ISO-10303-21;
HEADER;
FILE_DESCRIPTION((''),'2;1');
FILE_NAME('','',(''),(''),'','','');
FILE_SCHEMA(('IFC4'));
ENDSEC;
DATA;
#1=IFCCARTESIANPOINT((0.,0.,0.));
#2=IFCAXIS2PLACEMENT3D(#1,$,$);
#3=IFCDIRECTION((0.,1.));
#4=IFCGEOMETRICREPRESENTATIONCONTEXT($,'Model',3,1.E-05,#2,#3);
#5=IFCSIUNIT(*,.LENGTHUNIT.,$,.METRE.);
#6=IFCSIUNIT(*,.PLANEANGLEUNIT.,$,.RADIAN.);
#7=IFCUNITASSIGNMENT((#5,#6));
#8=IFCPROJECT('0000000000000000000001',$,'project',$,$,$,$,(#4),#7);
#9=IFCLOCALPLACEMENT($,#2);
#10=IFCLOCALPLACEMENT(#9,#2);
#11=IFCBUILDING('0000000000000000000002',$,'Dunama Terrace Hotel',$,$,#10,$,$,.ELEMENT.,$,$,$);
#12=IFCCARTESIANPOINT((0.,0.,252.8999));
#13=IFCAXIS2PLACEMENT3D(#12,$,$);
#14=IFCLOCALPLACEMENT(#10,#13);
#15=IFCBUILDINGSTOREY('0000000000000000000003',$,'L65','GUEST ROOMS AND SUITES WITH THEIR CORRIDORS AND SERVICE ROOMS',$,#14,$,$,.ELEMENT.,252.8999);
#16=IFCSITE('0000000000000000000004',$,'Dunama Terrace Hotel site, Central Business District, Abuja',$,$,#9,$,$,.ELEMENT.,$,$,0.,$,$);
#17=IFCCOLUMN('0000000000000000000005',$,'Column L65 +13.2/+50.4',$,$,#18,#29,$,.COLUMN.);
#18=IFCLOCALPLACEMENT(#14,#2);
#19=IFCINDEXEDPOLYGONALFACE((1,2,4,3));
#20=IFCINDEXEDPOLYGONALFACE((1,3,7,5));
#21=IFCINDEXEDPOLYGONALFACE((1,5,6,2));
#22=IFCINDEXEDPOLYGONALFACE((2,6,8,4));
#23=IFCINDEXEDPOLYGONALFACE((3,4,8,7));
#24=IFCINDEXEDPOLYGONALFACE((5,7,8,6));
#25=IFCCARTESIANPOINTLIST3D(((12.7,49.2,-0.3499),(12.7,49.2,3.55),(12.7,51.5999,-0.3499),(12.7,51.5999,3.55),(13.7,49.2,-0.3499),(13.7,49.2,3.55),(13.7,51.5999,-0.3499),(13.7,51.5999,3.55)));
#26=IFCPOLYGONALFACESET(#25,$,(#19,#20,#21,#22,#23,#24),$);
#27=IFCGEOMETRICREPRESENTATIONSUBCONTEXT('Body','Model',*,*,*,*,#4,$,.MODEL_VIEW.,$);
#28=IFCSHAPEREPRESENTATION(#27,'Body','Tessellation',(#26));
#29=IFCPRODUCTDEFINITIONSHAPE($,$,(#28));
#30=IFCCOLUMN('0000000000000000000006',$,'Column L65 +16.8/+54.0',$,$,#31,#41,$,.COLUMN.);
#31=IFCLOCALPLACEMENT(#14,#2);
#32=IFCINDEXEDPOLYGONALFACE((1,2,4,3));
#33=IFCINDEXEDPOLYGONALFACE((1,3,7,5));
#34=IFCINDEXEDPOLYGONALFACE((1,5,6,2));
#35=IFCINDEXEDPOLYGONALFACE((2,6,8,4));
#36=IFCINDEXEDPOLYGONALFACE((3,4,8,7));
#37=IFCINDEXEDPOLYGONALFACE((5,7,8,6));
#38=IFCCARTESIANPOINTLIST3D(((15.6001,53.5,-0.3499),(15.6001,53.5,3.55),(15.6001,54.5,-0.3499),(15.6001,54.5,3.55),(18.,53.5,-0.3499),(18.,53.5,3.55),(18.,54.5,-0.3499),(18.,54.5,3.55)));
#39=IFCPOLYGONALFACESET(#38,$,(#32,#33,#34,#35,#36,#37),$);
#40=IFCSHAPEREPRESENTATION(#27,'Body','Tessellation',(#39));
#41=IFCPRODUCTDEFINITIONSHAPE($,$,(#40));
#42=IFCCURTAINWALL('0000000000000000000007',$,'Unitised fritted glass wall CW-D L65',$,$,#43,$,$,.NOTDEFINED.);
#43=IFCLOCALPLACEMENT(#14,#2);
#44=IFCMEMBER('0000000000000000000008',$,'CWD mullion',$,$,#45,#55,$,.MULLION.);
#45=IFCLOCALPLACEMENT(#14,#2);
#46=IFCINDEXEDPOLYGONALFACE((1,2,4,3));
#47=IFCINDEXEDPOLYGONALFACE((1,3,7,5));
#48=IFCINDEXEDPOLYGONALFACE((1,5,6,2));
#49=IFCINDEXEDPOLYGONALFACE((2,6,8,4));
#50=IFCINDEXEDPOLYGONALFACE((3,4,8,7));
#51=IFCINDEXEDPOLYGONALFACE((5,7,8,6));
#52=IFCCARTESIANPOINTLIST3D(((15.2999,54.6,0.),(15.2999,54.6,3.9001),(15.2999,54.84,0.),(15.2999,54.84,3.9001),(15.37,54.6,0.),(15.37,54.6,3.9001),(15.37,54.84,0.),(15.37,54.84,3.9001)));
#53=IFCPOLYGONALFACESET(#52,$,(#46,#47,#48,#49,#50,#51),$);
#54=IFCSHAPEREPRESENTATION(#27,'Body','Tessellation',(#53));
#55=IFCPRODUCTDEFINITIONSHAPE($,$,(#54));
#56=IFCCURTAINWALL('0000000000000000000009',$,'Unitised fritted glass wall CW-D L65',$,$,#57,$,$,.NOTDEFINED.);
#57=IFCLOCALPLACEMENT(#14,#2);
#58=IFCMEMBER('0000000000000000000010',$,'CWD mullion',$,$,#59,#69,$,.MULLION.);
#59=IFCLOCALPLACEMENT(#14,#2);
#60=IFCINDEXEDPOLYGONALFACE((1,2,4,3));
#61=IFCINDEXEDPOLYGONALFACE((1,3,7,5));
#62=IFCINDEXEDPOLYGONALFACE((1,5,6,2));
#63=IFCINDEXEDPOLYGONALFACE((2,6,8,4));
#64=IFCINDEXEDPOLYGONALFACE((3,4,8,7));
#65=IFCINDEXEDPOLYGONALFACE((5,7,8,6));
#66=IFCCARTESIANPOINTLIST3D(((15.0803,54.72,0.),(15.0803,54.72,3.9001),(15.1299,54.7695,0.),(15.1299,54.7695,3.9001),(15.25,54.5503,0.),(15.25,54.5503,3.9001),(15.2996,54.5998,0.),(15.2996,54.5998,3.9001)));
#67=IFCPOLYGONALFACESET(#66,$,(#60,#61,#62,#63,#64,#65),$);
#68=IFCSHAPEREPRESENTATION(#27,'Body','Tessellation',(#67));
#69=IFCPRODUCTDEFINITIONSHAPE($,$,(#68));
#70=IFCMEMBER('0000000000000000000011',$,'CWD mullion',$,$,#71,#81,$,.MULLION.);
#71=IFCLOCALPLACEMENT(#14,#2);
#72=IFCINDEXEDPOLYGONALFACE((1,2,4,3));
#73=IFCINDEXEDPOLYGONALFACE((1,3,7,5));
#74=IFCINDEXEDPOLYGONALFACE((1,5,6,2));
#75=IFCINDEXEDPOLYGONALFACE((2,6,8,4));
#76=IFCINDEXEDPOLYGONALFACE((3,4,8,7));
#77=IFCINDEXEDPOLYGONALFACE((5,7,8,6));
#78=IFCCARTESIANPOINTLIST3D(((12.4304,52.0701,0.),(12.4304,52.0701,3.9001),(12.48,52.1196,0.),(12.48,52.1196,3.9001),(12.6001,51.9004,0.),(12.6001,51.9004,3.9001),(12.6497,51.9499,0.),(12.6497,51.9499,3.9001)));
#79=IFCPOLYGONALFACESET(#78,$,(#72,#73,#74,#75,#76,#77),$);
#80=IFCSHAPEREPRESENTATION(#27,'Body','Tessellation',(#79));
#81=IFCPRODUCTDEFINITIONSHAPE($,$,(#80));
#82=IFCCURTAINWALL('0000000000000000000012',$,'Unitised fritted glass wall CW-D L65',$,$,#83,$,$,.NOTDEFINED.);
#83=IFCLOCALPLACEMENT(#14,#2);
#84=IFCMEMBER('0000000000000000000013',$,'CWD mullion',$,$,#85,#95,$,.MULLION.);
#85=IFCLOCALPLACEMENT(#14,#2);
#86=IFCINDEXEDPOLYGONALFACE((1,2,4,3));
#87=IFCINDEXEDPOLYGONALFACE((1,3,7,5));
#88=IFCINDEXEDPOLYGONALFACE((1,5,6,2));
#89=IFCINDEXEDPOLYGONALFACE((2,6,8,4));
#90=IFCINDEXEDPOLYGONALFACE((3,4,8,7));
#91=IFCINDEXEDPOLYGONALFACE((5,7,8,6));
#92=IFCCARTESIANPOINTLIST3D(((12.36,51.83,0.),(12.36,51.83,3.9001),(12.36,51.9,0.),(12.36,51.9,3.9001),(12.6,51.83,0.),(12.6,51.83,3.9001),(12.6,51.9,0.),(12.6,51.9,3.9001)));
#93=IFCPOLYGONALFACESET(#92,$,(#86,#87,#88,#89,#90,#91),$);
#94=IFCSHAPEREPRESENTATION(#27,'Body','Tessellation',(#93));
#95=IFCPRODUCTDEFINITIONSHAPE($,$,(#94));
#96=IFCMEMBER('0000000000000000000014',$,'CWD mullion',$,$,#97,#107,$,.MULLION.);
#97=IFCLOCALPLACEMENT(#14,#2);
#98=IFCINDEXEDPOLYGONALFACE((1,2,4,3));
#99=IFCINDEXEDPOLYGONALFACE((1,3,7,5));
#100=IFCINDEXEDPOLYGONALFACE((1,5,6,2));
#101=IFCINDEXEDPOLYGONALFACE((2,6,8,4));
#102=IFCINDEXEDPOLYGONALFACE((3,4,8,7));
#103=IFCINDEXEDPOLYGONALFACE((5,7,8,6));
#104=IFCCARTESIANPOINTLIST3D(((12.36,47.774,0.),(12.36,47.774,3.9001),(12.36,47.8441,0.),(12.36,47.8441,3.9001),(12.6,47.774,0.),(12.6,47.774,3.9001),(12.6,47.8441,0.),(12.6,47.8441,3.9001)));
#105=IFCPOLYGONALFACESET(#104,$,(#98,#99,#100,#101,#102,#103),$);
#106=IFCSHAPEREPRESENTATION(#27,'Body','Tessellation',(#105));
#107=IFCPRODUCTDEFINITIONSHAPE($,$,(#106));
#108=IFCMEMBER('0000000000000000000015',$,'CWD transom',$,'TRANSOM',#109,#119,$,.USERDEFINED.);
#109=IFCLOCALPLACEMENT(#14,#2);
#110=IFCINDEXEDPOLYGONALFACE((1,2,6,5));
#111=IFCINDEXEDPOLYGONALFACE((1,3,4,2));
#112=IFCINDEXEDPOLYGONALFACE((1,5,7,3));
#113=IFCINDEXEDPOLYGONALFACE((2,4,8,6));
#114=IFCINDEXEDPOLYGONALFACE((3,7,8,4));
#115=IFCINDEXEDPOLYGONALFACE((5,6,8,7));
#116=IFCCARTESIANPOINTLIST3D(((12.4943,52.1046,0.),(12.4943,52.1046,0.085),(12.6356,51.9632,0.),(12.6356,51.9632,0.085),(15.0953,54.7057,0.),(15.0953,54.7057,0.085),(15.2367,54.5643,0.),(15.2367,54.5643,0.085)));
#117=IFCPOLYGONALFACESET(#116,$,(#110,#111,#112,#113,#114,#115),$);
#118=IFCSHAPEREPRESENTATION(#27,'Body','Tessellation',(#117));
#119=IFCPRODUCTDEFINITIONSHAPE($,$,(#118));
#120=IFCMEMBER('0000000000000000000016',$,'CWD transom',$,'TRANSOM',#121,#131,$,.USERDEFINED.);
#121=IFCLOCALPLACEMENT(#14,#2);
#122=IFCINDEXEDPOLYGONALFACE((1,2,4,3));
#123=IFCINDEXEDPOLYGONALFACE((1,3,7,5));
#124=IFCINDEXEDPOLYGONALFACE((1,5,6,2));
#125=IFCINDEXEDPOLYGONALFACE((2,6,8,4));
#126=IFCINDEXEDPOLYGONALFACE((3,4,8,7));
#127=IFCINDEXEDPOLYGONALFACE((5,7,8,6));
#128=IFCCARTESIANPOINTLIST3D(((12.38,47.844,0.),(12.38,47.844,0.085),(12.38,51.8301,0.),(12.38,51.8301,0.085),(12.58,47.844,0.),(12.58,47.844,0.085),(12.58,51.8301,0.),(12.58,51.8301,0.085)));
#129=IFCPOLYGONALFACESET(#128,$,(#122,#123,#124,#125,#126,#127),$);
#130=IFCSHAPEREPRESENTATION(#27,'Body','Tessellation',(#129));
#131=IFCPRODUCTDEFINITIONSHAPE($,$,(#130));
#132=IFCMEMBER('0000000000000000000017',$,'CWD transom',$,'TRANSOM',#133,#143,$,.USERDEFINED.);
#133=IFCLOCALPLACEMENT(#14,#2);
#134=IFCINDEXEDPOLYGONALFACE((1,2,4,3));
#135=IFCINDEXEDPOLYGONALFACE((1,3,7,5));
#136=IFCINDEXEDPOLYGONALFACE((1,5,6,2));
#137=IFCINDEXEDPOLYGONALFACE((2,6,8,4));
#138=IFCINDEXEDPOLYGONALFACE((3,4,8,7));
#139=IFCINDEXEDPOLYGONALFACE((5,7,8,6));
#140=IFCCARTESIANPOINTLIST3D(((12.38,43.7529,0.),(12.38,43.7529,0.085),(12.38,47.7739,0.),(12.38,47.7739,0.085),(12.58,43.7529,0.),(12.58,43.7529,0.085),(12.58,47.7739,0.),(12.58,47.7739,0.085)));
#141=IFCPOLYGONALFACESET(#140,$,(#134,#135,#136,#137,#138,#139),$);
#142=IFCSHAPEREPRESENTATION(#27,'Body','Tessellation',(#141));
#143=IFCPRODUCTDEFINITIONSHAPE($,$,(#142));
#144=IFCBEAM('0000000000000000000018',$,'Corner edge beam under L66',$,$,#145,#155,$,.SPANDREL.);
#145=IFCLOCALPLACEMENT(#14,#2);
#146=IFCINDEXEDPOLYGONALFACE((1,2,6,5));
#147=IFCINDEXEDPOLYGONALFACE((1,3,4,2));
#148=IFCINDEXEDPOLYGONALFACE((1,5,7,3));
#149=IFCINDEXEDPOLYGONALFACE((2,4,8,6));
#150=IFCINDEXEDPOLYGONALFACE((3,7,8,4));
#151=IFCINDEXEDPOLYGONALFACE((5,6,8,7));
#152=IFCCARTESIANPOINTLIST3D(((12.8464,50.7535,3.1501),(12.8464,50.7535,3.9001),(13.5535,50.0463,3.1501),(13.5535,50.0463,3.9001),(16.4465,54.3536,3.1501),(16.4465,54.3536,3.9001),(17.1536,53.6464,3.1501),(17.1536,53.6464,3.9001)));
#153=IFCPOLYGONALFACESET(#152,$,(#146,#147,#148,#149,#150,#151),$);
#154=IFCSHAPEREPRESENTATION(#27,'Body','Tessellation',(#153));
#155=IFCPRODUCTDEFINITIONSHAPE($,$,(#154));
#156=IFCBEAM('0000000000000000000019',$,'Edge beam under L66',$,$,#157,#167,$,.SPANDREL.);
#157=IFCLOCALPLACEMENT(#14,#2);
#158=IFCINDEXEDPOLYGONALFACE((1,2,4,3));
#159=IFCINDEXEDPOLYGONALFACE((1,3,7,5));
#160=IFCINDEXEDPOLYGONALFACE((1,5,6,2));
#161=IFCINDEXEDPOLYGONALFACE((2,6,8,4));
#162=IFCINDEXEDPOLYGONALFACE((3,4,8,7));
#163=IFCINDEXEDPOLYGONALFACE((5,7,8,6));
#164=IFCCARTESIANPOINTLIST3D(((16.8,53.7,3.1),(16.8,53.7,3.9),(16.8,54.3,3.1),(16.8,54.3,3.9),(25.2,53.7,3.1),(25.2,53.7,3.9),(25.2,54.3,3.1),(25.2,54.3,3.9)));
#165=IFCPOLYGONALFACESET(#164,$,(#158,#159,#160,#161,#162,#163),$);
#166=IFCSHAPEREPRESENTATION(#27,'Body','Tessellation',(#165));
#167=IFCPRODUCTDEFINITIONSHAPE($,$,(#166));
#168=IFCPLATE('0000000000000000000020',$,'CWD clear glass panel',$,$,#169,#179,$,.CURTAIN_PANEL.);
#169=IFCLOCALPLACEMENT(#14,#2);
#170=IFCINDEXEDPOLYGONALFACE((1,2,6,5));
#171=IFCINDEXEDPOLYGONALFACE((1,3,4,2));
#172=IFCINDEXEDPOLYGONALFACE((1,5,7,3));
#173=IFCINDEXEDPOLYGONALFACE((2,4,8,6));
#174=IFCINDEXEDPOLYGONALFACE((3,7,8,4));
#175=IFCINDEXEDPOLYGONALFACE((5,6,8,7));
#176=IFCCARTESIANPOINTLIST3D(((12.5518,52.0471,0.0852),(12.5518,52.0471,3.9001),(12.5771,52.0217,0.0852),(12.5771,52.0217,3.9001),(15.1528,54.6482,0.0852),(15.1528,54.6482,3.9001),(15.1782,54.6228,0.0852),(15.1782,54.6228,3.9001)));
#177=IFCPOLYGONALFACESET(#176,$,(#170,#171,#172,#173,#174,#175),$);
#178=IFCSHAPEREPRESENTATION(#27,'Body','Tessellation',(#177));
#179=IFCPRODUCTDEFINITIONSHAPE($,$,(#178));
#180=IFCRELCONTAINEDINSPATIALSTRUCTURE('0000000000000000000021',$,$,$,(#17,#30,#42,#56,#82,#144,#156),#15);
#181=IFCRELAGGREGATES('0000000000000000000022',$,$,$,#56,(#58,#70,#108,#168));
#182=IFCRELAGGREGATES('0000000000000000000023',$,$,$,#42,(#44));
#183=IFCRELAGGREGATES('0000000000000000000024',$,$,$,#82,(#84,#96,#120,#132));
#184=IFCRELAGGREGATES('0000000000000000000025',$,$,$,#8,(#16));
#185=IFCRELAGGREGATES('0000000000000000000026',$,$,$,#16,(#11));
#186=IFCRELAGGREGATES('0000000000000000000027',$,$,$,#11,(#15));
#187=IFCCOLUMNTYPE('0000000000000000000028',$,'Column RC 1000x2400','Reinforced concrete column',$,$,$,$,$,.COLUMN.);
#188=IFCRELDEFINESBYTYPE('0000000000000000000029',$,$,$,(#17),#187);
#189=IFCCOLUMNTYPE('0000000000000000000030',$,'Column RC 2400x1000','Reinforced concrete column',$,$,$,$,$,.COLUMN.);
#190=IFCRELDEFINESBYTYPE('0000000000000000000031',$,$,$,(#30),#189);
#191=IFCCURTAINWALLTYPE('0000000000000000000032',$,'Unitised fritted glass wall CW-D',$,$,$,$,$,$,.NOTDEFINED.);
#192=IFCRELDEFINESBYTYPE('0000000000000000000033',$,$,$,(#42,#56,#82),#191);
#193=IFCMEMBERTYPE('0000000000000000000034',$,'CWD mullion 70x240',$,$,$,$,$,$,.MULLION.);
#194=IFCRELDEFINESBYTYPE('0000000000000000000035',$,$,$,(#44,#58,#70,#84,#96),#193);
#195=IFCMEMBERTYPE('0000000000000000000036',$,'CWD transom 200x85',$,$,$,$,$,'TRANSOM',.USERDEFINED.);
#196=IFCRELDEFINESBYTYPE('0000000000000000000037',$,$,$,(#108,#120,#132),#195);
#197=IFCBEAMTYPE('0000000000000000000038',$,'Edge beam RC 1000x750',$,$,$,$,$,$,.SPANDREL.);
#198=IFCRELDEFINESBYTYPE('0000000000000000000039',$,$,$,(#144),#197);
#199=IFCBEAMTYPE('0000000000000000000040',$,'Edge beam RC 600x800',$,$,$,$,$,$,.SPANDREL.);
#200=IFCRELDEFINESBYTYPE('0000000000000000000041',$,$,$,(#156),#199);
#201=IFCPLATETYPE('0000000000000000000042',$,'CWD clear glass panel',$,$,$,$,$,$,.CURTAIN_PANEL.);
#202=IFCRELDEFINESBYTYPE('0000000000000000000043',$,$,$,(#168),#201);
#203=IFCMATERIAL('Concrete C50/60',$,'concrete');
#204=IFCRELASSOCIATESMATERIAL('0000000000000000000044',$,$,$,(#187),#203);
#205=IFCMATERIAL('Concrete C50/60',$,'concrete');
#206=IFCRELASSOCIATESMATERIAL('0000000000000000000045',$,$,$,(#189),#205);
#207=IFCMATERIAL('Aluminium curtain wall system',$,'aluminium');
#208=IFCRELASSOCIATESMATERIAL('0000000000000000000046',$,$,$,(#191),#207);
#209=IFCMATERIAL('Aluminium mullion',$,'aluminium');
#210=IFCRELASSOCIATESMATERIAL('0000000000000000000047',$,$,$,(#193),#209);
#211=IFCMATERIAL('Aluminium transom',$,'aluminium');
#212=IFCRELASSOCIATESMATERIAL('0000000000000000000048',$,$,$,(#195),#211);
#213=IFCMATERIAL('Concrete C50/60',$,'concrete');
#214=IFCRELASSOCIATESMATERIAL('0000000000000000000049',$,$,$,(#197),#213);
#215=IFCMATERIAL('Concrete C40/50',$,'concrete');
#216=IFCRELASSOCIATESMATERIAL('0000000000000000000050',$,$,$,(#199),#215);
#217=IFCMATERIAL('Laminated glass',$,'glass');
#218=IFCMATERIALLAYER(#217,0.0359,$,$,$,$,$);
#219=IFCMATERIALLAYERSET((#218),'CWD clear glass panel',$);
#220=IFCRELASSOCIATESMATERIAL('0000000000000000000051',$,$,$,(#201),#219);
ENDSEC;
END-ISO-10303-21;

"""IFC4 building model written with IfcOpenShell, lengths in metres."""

from ifc_helpers import new_model, si_unit, direction, frame, origin, origin_2d, place, context, subcontext, project, spatial, rectangle, extrude, material, layer, layer_set, material_profile, profile_set, type_object, element, aggregate, save


model = new_model("IFC4")

# Units and contexts
model_context = context("Model", 3, precision=1e-05, world=origin(), true_north=direction((0.0, 1.0)))
body_context = subcontext(model_context, "Body", "Model", "MODEL_VIEW")
ifc_project = project(units=[si_unit("LENGTHUNIT", "METRE"), si_unit("PLANEANGLEUNIT", "RADIAN")], contexts=[model_context])

# Site, building, storey
site_placement = place(None, origin())
site = spatial("IfcSite", under=ifc_project, at=site_placement, Name="Dunama Terrace Hotel site, Central Business District, Abuja", CompositionType="ELEMENT", RefElevation=0.0)
building_placement = place(site_placement, origin())
building = spatial("IfcBuilding", under=site, at=building_placement, Name="Dunama Terrace Hotel", CompositionType="ELEMENT")
storey_placement = place(building_placement, frame((0.0, 0.0, 252.8999)))
storey = spatial("IfcBuildingStorey", under=building, at=storey_placement, Name="L65", Description="GUEST ROOMS AND SUITES WITH THEIR CORRIDORS AND SERVICE ROOMS", CompositionType="ELEMENT", Elevation=252.8999)

# Columns
ifc_material_1 = material(Name="Concrete C50/60", Category="concrete")
ifc_material_profile_1 = material_profile(ifc_material_1, rectangle(XDim=1.0, YDim=2.3999, at=origin_2d()), Name="RC 1000x2400")
ifc_profile_set_1 = profile_set([ifc_material_profile_1], Name="Concrete C50/60")
column_type_1 = type_object("IfcColumnType", Name="Column RC 1000x2400", Description="Reinforced concrete column", PredefinedType="COLUMN", material=ifc_profile_set_1)
column_1_placement = place(storey_placement, frame((13.2, 50.3999, -0.3499), z_axis=(0.0, 0.0, 1.0), x_axis=(1.0, 0.0, 0.0)))
element("IfcColumn", 1, at=column_1_placement, inside=storey, type_object=column_type_1, Name="Column L65 +13.2/+50.4", PredefinedType="COLUMN", context=body_context, shape_type="SweptSolid", body=[
    extrude(rectangle(XDim=1.0, YDim=2.3999, at=origin_2d()), origin(), (0.0, 0.0, 1.0), 3.8999),
])
ifc_material_2 = material(Name="Concrete C50/60", Category="concrete")
ifc_material_profile_2 = material_profile(ifc_material_2, rectangle(XDim=2.3999, YDim=1.0, at=origin_2d()), Name="RC 2400x1000")
ifc_profile_set_2 = profile_set([ifc_material_profile_2], Name="Concrete C50/60")
column_type_2 = type_object("IfcColumnType", Name="Column RC 2400x1000", Description="Reinforced concrete column", PredefinedType="COLUMN", material=ifc_profile_set_2)
column_2_placement = place(storey_placement, frame((16.8, 54.0, -0.3499), z_axis=(0.0, 0.0, 1.0), x_axis=(1.0, 0.0, 0.0)))
element("IfcColumn", 2, at=column_2_placement, inside=storey, type_object=column_type_2, Name="Column L65 +16.8/+54.0", PredefinedType="COLUMN", context=body_context, shape_type="SweptSolid", body=[
    extrude(rectangle(XDim=2.3999, YDim=1.0, at=origin_2d()), origin(), (0.0, 0.0, 1.0), 3.8999),
])

# Curtain wall, member
ifc_material_3 = material(Name="Aluminium curtain wall system", Category="aluminium")
curtain_wall_type = type_object("IfcCurtainWallType", Name="Unitised fritted glass wall CW-D", PredefinedType="NOTDEFINED", material=ifc_material_3)
curtain_wall_1_placement = place(storey_placement, origin())
curtain_wall_1 = element("IfcCurtainWall", 3, at=curtain_wall_1_placement, inside=storey, type_object=curtain_wall_type, Name="Unitised fritted glass wall CW-D L65", PredefinedType="NOTDEFINED")
ifc_material_4 = material(Name="Aluminium mullion", Category="aluminium")
ifc_material_profile_3 = material_profile(ifc_material_4, rectangle(XDim=0.0701, YDim=0.24, at=origin_2d()), Name="CWD MULLION 70X240")
ifc_profile_set_3 = profile_set([ifc_material_profile_3], Name="Aluminium mullion")
member_type_1 = type_object("IfcMemberType", Name="CWD mullion 70x240", PredefinedType="MULLION", material=ifc_profile_set_3)
member_1_placement = place(storey_placement, frame((15.335, 54.72, 0.0), z_axis=(0.0, 0.0, 1.0), x_axis=(-1.0, 0.0, 0.0)))
member_1 = element("IfcMember", 4, at=member_1_placement, type_object=member_type_1, Name="CWD mullion", PredefinedType="MULLION", context=body_context, shape_type="SweptSolid", body=[
    extrude(rectangle(XDim=0.0701, YDim=0.24, at=origin_2d()), origin(), (0.0, 0.0, 1.0), 3.9001),
])

# Curtain walls, members
curtain_wall_2_placement = place(storey_placement, origin())
curtain_wall_2 = element("IfcCurtainWall", 5, at=curtain_wall_2_placement, inside=storey, type_object=curtain_wall_type, Name="Unitised fritted glass wall CW-D L65", PredefinedType="NOTDEFINED")
member_2_placement = place(storey_placement, frame((15.1899, 54.6599, 0.0), z_axis=(0.0, 0.0, 1.0), x_axis=(-0.707107, -0.707107, 0.0)))
member_2 = element("IfcMember", 6, at=member_2_placement, type_object=member_type_1, Name="CWD mullion", PredefinedType="MULLION", context=body_context, shape_type="SweptSolid", body=[
    extrude(rectangle(XDim=0.0701, YDim=0.24, at=origin_2d()), origin(), (0.0, 0.0, 1.0), 3.9001),
])
member_3_placement = place(storey_placement, frame((12.54, 52.01, 0.0), z_axis=(0.0, 0.0, 1.0), x_axis=(-0.707107, -0.707107, 0.0)))
member_3 = element("IfcMember", 7, at=member_3_placement, type_object=member_type_1, Name="CWD mullion", PredefinedType="MULLION", context=body_context, shape_type="SweptSolid", body=[
    extrude(rectangle(XDim=0.0701, YDim=0.24, at=origin_2d()), origin(), (0.0, 0.0, 1.0), 3.9001),
])
curtain_wall_3_placement = place(storey_placement, origin())
curtain_wall_3 = element("IfcCurtainWall", 8, at=curtain_wall_3_placement, inside=storey, type_object=curtain_wall_type, Name="Unitised fritted glass wall CW-D L65", PredefinedType="NOTDEFINED")
member_4_placement = place(storey_placement, frame((12.48, 51.865, 0.0), z_axis=(0.0, 0.0, 1.0), x_axis=(0.0, -1.0, 0.0)))
member_4 = element("IfcMember", 9, at=member_4_placement, type_object=member_type_1, Name="CWD mullion", PredefinedType="MULLION", context=body_context, shape_type="SweptSolid", body=[
    extrude(rectangle(XDim=0.0701, YDim=0.24, at=origin_2d()), origin(), (0.0, 0.0, 1.0), 3.9001),
])
member_5_placement = place(storey_placement, frame((12.48, 47.8091, 0.0), z_axis=(0.0, 0.0, 1.0), x_axis=(0.0, -1.0, 0.0)))
member_5 = element("IfcMember", 10, at=member_5_placement, type_object=member_type_1, Name="CWD mullion", PredefinedType="MULLION", context=body_context, shape_type="SweptSolid", body=[
    extrude(rectangle(XDim=0.0701, YDim=0.24, at=origin_2d()), origin(), (0.0, 0.0, 1.0), 3.9001),
])

# Members
ifc_material_5 = material(Name="Aluminium transom", Category="aluminium")
ifc_material_profile_4 = material_profile(ifc_material_5, rectangle(XDim=0.2, YDim=0.085, at=origin_2d()), Name="CWD TRANSOM 200X85")
ifc_profile_set_4 = profile_set([ifc_material_profile_4], Name="Aluminium transom")
member_type_2 = type_object("IfcMemberType", Name="CWD transom 200x85", ElementType="TRANSOM", PredefinedType="USERDEFINED", material=ifc_profile_set_4)
member_6_placement = place(storey_placement, frame((15.166, 54.635, 0.0425), z_axis=(-0.707107, -0.707107, 0.0), x_axis=(0.707107, -0.707107, 0.0)))
member_6 = element("IfcMember", 11, at=member_6_placement, type_object=member_type_2, Name="CWD transom", ObjectType="TRANSOM", PredefinedType="USERDEFINED", context=body_context, shape_type="SweptSolid", body=[
    extrude(rectangle(XDim=0.2, YDim=0.085, at=origin_2d()), origin(), (0.0, 0.0, 1.0), 3.6785),
])
member_7_placement = place(storey_placement, frame((12.48, 51.8301, 0.0425), z_axis=(0.0, -1.0, 0.0), x_axis=(1.0, 0.0, 0.0)))
member_7 = element("IfcMember", 12, at=member_7_placement, type_object=member_type_2, Name="CWD transom", ObjectType="TRANSOM", PredefinedType="USERDEFINED", context=body_context, shape_type="SweptSolid", body=[
    extrude(rectangle(XDim=0.2, YDim=0.085, at=origin_2d()), origin(), (0.0, 0.0, 1.0), 3.9861),
])
member_8_placement = place(storey_placement, frame((12.48, 47.7739, 0.0425), z_axis=(0.0, -1.0, 0.0), x_axis=(1.0, 0.0, 0.0)))
member_8 = element("IfcMember", 13, at=member_8_placement, type_object=member_type_2, Name="CWD transom", ObjectType="TRANSOM", PredefinedType="USERDEFINED", context=body_context, shape_type="SweptSolid", body=[
    extrude(rectangle(XDim=0.2, YDim=0.085, at=origin_2d()), origin(), (0.0, 0.0, 1.0), 4.021),
])

# Beams
ifc_material_6 = material(Name="Concrete C50/60", Category="concrete")
ifc_material_profile_5 = material_profile(ifc_material_6, rectangle(XDim=1.0, YDim=0.75, at=origin_2d()), Name="RC 1000x750")
ifc_profile_set_5 = profile_set([ifc_material_profile_5], Name="Concrete C50/60")
beam_type_1 = type_object("IfcBeamType", Name="Edge beam RC 1000x750", PredefinedType="SPANDREL", material=ifc_profile_set_5)
beam_1_placement = place(storey_placement, frame((16.8, 54.0, 3.5251), z_axis=(-0.707107, -0.707107, 0.0), x_axis=(0.707107, -0.707107, 0.0)))
element("IfcBeam", 14, at=beam_1_placement, inside=storey, type_object=beam_type_1, Name="Corner edge beam under L66", PredefinedType="SPANDREL", context=body_context, shape_type="SweptSolid", body=[
    extrude(rectangle(XDim=1.0, YDim=0.75, at=origin_2d()), origin(), (0.0, 0.0, 1.0), 5.0913),
])
ifc_material_7 = material(Name="Concrete C40/50", Category="concrete")
ifc_material_profile_6 = material_profile(ifc_material_7, rectangle(XDim=0.6001, YDim=0.8, at=origin_2d()), Name="RC 600x800")
ifc_profile_set_6 = profile_set([ifc_material_profile_6], Name="Concrete C40/50")
beam_type_2 = type_object("IfcBeamType", Name="Edge beam RC 600x800", PredefinedType="SPANDREL", material=ifc_profile_set_6)
beam_2_placement = place(storey_placement, frame((16.8, 54.0, 3.5), z_axis=(1.0, 0.0, 0.0), x_axis=(0.0, 1.0, 0.0)))
element("IfcBeam", 15, at=beam_2_placement, inside=storey, type_object=beam_type_2, Name="Edge beam under L66", PredefinedType="SPANDREL", context=body_context, shape_type="SweptSolid", body=[
    extrude(rectangle(XDim=0.6001, YDim=0.8, at=origin_2d()), origin(), (0.0, 0.0, 1.0), 8.3999),
])

# Plate
ifc_material_8 = material(Name="Laminated glass", Category="glass")
ifc_layer_1 = layer(ifc_material_8, 0.0359)
ifc_layer_set_1 = layer_set([ifc_layer_1], Name="CWD clear glass panel")
plate_type_1 = type_object("IfcPlateType", Name="CWD clear glass panel", PredefinedType="CURTAIN_PANEL", material=ifc_layer_set_1)
plate_1_placement = place(storey_placement, frame((13.865, 53.335, 0.0852), z_axis=(0.0, 0.0, 1.0), x_axis=(-0.707107, -0.707107, 0.0)))
plate_1 = element("IfcPlate", 16, at=plate_1_placement, type_object=plate_type_1, Name="CWD clear glass panel", PredefinedType="CURTAIN_PANEL", context=body_context, shape_type="SweptSolid", body=[
    extrude(rectangle(XDim=3.6785, YDim=0.0359, at=origin_2d()), origin(), (0.0, 0.0, 1.0), 3.8149),
])
aggregate(curtain_wall_2, [member_2, member_3, member_6, plate_1])
aggregate(curtain_wall_1, [member_1])
aggregate(curtain_wall_3, [member_4, member_5, member_7, member_8])

save(model, "model.ifc")
